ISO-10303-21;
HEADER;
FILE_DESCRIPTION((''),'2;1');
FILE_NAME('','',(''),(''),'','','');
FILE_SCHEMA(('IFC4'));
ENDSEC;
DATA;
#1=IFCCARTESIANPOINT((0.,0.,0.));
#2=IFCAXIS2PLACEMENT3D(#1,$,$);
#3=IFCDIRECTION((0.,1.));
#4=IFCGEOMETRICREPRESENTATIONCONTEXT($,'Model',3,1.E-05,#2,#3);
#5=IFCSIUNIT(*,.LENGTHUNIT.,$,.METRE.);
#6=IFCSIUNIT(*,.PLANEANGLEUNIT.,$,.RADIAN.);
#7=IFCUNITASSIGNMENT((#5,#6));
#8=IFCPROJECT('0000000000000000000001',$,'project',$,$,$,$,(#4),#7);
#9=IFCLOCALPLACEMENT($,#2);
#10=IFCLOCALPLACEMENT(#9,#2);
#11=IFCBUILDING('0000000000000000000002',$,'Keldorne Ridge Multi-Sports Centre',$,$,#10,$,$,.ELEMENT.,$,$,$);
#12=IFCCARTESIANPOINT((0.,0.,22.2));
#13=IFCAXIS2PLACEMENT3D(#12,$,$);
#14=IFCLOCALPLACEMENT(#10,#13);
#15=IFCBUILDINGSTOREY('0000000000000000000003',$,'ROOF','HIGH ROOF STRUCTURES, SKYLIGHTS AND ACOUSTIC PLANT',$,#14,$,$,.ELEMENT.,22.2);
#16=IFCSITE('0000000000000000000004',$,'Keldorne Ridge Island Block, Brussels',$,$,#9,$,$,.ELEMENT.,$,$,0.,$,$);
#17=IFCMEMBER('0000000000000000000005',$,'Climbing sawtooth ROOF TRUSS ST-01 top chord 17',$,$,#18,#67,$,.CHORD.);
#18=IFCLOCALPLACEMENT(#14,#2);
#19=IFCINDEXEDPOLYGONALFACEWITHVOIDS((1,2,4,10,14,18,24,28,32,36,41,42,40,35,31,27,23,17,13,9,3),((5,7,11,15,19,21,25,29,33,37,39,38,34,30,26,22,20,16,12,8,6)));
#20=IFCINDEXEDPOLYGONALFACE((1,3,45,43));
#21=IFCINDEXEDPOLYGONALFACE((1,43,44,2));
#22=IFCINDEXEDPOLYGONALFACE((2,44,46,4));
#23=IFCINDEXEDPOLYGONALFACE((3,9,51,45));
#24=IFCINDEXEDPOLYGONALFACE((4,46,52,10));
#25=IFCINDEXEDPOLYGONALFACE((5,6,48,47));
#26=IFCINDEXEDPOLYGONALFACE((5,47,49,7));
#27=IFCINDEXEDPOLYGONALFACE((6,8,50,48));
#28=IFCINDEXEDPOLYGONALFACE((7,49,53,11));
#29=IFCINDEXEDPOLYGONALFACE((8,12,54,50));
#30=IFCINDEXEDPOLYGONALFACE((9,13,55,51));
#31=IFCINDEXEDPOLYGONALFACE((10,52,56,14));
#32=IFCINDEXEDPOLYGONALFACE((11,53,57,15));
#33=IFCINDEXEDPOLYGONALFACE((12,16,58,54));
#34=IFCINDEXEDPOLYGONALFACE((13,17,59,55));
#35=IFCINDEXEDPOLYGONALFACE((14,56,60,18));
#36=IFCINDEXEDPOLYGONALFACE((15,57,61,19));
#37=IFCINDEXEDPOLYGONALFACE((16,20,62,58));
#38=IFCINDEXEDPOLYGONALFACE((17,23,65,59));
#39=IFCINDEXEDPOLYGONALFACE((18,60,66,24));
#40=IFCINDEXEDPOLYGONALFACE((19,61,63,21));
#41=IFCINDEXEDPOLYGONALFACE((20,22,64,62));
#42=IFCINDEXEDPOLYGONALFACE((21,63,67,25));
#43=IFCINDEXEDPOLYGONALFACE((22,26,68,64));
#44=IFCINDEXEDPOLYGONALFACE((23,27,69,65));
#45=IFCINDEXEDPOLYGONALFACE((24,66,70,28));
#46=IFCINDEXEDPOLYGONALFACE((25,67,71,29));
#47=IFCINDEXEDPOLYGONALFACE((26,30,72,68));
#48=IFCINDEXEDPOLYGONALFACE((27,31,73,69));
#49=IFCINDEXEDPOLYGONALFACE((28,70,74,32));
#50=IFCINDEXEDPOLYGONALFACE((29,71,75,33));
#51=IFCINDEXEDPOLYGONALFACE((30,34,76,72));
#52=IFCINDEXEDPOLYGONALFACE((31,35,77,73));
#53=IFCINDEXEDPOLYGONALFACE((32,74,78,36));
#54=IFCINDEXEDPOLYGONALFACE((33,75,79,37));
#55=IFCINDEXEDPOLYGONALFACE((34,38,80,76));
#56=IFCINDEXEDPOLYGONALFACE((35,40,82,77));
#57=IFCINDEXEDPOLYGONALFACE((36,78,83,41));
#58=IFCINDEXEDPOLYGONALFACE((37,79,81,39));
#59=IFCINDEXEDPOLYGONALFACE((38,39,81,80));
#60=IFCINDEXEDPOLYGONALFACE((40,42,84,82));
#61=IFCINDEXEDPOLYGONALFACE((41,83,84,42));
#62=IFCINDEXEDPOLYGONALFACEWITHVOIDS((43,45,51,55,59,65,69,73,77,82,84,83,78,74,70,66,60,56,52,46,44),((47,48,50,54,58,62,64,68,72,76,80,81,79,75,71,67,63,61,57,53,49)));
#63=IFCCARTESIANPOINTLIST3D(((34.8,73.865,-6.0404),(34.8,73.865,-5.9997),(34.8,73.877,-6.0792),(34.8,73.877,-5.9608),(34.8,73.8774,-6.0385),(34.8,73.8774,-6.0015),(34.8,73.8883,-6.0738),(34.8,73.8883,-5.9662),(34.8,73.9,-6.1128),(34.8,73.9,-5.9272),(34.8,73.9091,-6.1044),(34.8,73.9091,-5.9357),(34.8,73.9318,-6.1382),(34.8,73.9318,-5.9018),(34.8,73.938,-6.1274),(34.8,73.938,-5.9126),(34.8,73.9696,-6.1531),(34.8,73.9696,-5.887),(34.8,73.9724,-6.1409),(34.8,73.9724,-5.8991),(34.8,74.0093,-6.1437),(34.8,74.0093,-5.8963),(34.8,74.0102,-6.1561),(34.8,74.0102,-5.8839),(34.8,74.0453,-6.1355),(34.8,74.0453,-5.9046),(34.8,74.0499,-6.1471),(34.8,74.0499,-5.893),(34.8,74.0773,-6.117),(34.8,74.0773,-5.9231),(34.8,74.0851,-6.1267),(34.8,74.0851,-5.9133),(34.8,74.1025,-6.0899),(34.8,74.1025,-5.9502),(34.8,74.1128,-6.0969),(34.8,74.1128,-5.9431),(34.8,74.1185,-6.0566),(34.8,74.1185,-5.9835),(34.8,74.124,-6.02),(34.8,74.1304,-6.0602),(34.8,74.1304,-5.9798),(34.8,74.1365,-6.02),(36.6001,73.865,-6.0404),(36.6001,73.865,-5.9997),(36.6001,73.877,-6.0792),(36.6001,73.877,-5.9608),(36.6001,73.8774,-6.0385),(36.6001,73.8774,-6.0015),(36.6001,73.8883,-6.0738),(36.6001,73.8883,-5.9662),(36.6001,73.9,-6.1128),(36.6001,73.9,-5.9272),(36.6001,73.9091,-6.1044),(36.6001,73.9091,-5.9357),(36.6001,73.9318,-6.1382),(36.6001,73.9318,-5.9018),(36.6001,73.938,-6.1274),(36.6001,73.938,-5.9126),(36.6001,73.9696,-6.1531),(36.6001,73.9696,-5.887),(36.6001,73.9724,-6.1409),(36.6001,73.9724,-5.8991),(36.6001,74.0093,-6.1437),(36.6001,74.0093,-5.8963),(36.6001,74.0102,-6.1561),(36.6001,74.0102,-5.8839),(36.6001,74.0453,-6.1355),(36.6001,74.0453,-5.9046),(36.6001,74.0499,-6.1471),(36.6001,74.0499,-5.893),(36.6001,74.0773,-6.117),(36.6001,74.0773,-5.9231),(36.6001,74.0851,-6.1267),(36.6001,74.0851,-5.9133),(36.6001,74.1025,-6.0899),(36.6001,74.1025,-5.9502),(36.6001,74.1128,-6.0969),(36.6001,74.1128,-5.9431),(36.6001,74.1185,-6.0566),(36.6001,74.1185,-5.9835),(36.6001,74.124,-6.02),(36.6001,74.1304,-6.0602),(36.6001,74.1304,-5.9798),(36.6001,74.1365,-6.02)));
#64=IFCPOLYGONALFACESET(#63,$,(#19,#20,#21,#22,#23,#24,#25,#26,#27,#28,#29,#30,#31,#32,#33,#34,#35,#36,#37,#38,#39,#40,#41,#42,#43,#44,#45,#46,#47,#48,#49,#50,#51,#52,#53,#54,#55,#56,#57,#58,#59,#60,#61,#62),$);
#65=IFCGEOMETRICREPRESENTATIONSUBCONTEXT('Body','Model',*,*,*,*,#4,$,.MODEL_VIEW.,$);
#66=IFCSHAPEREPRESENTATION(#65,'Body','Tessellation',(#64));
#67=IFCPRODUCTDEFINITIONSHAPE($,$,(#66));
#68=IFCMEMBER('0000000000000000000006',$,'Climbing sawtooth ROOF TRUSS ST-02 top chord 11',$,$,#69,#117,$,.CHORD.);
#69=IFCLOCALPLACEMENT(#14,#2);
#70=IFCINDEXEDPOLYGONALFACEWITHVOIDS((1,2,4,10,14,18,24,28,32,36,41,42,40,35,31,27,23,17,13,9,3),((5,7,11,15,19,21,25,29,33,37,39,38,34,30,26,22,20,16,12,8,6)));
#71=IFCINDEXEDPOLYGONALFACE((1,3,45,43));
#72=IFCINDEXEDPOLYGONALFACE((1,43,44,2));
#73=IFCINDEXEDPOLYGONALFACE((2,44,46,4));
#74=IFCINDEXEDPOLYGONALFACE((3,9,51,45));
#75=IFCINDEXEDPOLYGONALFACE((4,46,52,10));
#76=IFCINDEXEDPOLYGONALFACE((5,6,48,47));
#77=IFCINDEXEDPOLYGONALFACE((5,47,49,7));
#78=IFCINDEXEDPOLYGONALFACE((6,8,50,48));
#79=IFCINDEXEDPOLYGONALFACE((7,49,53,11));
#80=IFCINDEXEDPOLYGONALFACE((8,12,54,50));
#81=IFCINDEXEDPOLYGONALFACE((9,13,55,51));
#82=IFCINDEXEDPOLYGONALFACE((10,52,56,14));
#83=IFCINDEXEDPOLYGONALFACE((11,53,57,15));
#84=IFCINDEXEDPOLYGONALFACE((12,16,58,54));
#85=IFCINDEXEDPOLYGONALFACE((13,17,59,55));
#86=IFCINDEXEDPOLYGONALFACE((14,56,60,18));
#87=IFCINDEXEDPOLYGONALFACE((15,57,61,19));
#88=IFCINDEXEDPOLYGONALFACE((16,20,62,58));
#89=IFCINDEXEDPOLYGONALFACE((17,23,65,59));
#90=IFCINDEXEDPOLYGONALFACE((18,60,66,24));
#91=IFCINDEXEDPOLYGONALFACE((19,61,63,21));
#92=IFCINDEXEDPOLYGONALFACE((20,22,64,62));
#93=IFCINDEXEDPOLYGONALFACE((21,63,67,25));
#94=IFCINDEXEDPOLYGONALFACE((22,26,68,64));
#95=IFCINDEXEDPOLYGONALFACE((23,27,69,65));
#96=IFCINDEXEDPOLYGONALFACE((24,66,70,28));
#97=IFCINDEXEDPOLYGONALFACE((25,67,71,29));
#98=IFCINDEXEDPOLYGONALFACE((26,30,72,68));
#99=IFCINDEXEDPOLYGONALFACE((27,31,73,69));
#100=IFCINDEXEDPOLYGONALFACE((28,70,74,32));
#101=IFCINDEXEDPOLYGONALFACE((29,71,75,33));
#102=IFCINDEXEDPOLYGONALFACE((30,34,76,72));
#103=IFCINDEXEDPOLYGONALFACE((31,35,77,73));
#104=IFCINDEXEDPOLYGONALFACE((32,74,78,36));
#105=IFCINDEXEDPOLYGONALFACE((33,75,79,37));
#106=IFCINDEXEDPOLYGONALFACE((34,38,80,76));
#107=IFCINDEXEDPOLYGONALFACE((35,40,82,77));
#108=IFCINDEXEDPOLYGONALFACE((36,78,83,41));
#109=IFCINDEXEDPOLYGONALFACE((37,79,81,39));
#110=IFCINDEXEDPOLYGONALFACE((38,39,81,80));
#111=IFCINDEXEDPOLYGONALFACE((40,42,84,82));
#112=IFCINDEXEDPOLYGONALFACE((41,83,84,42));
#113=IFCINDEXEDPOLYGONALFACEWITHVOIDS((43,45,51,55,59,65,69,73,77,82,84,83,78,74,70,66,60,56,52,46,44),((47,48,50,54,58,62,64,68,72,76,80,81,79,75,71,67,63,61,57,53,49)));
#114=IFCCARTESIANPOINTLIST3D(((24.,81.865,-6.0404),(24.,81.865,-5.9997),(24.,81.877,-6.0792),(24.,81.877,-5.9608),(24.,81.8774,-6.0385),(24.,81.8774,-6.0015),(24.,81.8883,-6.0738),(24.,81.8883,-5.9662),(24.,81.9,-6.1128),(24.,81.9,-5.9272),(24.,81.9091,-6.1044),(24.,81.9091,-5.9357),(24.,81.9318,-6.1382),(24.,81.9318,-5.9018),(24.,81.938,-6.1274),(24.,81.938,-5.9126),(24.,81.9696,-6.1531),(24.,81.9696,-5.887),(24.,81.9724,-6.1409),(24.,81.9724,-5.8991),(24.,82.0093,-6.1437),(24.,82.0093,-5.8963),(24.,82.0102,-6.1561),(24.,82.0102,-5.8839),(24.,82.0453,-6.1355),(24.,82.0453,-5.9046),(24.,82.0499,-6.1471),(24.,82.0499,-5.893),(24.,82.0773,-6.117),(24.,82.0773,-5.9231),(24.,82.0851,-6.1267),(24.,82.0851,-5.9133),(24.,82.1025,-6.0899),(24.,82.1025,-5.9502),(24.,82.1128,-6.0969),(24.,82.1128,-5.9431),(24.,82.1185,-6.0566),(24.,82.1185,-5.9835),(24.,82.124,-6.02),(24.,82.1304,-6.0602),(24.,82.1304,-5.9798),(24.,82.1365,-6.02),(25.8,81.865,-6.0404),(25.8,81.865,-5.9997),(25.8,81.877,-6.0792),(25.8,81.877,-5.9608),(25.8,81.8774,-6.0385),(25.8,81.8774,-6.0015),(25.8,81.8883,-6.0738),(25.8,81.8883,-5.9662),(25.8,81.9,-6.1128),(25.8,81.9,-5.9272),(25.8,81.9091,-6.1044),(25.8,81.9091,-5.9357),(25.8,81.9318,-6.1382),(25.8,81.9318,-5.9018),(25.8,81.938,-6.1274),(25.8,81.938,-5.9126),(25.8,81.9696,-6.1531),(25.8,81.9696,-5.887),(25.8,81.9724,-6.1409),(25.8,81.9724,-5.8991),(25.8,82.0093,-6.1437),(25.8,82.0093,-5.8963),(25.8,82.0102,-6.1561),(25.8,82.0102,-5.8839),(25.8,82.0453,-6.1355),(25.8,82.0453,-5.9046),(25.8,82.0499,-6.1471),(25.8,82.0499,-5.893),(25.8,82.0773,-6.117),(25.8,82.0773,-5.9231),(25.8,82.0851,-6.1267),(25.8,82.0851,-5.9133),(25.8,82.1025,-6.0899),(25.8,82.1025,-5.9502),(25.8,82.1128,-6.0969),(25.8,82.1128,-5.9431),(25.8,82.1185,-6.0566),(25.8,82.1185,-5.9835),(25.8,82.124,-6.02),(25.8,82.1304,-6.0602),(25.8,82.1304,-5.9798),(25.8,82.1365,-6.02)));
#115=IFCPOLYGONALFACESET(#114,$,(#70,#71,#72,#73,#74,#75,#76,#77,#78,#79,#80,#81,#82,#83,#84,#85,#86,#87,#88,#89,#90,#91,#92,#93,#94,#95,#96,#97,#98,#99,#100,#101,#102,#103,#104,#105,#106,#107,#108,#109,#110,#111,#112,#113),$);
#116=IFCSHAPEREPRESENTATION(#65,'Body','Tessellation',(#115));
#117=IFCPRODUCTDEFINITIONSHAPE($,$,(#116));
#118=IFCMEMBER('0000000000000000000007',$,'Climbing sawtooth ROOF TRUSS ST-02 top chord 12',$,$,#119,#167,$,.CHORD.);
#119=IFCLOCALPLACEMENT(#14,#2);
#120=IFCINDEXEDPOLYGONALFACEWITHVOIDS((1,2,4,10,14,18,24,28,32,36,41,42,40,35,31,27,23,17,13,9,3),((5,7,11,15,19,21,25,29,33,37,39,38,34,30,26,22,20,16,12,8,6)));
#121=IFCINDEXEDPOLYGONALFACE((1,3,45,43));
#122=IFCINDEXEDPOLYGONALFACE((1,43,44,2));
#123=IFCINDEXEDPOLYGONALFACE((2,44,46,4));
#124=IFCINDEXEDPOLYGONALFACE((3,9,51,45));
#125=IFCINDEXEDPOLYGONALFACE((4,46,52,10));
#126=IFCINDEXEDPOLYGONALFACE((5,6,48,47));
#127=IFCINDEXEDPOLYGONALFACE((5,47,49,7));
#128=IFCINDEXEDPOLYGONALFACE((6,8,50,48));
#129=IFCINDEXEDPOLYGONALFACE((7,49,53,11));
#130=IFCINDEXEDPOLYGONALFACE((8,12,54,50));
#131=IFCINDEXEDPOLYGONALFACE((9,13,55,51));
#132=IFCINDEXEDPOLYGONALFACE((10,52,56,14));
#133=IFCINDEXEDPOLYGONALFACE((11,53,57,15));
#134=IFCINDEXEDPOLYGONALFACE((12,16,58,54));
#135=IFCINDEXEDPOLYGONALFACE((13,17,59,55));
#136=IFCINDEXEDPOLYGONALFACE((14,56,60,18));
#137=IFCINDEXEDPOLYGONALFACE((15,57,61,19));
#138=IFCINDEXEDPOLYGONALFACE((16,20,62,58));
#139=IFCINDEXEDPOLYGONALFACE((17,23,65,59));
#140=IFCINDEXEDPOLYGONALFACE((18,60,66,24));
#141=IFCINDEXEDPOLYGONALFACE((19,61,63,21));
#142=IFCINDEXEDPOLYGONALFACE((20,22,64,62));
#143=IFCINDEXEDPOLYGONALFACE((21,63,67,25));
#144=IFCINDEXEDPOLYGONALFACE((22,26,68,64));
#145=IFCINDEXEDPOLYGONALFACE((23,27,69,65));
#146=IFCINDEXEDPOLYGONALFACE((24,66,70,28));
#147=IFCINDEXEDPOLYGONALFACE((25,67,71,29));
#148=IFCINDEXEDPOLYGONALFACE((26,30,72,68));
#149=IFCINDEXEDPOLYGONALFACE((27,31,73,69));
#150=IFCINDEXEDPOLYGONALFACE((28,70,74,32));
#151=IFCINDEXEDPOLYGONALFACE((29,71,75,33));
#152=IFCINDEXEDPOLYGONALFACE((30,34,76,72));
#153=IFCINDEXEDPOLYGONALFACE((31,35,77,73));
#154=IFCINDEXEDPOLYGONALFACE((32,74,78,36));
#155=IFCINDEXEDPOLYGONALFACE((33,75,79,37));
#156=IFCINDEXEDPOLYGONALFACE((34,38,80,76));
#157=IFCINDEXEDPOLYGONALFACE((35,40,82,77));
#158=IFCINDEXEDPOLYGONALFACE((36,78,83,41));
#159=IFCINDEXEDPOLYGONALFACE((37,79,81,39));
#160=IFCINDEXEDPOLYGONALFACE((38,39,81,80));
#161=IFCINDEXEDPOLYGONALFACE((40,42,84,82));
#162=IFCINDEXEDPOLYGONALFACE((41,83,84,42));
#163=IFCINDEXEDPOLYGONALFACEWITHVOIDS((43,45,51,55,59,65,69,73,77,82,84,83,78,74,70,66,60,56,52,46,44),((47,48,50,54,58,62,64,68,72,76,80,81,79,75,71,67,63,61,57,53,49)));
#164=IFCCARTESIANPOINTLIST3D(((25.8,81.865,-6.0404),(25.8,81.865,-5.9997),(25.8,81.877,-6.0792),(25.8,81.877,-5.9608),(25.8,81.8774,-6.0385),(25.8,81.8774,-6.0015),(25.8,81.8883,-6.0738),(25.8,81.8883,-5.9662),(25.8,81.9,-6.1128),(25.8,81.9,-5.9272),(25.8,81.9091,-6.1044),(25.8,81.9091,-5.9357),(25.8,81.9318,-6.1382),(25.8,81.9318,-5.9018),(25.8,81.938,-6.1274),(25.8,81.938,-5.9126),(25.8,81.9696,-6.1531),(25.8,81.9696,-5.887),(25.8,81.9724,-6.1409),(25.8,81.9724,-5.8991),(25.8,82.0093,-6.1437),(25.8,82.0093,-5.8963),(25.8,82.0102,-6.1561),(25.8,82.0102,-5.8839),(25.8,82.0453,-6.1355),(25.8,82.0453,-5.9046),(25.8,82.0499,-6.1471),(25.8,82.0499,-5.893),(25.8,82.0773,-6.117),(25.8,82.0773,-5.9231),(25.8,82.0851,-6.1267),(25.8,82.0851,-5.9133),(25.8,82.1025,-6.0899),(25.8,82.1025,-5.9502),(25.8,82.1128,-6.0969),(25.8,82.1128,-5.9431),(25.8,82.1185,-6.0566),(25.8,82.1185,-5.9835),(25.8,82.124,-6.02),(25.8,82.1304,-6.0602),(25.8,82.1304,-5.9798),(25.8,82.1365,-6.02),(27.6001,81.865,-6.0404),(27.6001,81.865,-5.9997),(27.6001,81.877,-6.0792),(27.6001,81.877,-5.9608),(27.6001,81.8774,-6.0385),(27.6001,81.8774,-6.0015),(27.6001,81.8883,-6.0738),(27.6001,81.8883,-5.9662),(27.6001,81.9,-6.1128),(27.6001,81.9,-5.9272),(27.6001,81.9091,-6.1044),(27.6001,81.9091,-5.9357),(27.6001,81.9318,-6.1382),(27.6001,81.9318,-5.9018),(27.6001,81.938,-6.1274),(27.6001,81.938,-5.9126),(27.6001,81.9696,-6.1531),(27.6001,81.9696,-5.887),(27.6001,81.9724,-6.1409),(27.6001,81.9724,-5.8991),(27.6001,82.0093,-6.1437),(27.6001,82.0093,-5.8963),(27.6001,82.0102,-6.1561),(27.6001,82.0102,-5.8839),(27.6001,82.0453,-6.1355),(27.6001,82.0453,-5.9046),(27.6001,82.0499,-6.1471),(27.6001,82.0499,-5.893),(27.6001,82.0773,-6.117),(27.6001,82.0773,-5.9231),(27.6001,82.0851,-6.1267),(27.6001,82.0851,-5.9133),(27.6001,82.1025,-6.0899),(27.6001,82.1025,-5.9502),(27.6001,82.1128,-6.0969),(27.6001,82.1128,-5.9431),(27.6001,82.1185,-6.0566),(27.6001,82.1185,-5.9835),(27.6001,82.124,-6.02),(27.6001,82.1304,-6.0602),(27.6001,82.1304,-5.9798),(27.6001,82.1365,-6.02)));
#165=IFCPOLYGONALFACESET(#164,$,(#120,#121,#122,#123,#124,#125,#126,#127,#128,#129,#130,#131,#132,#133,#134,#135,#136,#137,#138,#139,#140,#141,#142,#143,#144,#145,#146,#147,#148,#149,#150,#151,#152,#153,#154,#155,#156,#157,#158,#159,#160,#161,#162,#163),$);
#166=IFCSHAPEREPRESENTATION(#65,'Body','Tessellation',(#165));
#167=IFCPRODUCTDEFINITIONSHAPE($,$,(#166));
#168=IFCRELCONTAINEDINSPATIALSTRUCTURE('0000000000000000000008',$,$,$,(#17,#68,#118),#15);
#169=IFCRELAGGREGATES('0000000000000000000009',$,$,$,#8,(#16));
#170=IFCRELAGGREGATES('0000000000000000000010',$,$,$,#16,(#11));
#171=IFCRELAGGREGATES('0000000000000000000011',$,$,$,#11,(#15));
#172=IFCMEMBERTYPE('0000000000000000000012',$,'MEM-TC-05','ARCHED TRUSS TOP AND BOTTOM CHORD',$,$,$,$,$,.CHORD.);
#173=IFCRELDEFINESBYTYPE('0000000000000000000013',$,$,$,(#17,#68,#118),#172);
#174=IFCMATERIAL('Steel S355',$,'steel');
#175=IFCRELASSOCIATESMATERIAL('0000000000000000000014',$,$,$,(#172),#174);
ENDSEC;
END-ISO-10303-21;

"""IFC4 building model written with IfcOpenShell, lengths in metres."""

from ifc_helpers import new_model, si_unit, direction, frame, origin, origin_2d, place, context, subcontext, project, spatial, hollow_circle, extrude, material, material_profile, profile_set, type_object, element, save


model = new_model("IFC4")

# Units and contexts
model_context = context("Model", 3, precision=1e-05, world=origin(), true_north=direction((0.0, 1.0)))
body_context = subcontext(model_context, "Body", "Model", "MODEL_VIEW")
ifc_project = project(units=[si_unit("LENGTHUNIT", "METRE"), si_unit("PLANEANGLEUNIT", "RADIAN")], contexts=[model_context])

# Site, building, storey
site_placement = place(None, origin())
site = spatial("IfcSite", under=ifc_project, at=site_placement, Name="Keldorne Ridge Island Block, Brussels", CompositionType="ELEMENT", RefElevation=0.0)
building_placement = place(site_placement, origin())
building = spatial("IfcBuilding", under=site, at=building_placement, Name="Keldorne Ridge Multi-Sports Centre", CompositionType="ELEMENT")
storey_placement = place(building_placement, frame((0.0, 0.0, 22.2)))
storey = spatial("IfcBuildingStorey", under=building, at=storey_placement, Name="ROOF", Description="HIGH ROOF STRUCTURES, SKYLIGHTS AND ACOUSTIC PLANT", CompositionType="ELEMENT", Elevation=22.2)

# Shared definitions
ifc_material_1 = material(Name="Steel S355", Category="steel")

# Members
ifc_material_profile_1 = material_profile(ifc_material_1, hollow_circle(Radius=0.1365, WallThickness=0.0125, at=origin_2d()), Name="CHS 273x12.5")
ifc_profile_set_1 = profile_set([ifc_material_profile_1], Name="Steel S355")
member_type_1 = type_object("IfcMemberType", Name="MEM-TC-05", Description="ARCHED TRUSS TOP AND BOTTOM CHORD", PredefinedType="CHORD", material=ifc_profile_set_1)
for number, where, z_axis, x_axis, name in (
    (1, (34.8, 74.0, -6.02), (1.0, 0.0, 0.0), (0.0, 1.0, 0.0), "Climbing sawtooth ROOF TRUSS ST-01 top chord 17"),
    (2, (24.0, 82.0, -6.02), (1.0, 0.0, 0.0), (0.0, 1.0, 0.0), "Climbing sawtooth ROOF TRUSS ST-02 top chord 11"),
    (3, (25.8, 82.0, -6.02), (1.0, 0.0, 0.0), (0.0, 1.0, 0.0), "Climbing sawtooth ROOF TRUSS ST-02 top chord 12"),
):
    element("IfcMember", number, at=place(storey_placement, frame(where, z_axis=z_axis, x_axis=x_axis)), inside=storey, type_object=member_type_1, Name=name, PredefinedType="CHORD", context=body_context, shape_type="SweptSolid", body=[
        extrude(hollow_circle(Radius=0.1365, WallThickness=0.0125, at=origin_2d()), origin(), (0.0, 0.0, 1.0), 1.8),
    ])

save(model, "model.ifc")
